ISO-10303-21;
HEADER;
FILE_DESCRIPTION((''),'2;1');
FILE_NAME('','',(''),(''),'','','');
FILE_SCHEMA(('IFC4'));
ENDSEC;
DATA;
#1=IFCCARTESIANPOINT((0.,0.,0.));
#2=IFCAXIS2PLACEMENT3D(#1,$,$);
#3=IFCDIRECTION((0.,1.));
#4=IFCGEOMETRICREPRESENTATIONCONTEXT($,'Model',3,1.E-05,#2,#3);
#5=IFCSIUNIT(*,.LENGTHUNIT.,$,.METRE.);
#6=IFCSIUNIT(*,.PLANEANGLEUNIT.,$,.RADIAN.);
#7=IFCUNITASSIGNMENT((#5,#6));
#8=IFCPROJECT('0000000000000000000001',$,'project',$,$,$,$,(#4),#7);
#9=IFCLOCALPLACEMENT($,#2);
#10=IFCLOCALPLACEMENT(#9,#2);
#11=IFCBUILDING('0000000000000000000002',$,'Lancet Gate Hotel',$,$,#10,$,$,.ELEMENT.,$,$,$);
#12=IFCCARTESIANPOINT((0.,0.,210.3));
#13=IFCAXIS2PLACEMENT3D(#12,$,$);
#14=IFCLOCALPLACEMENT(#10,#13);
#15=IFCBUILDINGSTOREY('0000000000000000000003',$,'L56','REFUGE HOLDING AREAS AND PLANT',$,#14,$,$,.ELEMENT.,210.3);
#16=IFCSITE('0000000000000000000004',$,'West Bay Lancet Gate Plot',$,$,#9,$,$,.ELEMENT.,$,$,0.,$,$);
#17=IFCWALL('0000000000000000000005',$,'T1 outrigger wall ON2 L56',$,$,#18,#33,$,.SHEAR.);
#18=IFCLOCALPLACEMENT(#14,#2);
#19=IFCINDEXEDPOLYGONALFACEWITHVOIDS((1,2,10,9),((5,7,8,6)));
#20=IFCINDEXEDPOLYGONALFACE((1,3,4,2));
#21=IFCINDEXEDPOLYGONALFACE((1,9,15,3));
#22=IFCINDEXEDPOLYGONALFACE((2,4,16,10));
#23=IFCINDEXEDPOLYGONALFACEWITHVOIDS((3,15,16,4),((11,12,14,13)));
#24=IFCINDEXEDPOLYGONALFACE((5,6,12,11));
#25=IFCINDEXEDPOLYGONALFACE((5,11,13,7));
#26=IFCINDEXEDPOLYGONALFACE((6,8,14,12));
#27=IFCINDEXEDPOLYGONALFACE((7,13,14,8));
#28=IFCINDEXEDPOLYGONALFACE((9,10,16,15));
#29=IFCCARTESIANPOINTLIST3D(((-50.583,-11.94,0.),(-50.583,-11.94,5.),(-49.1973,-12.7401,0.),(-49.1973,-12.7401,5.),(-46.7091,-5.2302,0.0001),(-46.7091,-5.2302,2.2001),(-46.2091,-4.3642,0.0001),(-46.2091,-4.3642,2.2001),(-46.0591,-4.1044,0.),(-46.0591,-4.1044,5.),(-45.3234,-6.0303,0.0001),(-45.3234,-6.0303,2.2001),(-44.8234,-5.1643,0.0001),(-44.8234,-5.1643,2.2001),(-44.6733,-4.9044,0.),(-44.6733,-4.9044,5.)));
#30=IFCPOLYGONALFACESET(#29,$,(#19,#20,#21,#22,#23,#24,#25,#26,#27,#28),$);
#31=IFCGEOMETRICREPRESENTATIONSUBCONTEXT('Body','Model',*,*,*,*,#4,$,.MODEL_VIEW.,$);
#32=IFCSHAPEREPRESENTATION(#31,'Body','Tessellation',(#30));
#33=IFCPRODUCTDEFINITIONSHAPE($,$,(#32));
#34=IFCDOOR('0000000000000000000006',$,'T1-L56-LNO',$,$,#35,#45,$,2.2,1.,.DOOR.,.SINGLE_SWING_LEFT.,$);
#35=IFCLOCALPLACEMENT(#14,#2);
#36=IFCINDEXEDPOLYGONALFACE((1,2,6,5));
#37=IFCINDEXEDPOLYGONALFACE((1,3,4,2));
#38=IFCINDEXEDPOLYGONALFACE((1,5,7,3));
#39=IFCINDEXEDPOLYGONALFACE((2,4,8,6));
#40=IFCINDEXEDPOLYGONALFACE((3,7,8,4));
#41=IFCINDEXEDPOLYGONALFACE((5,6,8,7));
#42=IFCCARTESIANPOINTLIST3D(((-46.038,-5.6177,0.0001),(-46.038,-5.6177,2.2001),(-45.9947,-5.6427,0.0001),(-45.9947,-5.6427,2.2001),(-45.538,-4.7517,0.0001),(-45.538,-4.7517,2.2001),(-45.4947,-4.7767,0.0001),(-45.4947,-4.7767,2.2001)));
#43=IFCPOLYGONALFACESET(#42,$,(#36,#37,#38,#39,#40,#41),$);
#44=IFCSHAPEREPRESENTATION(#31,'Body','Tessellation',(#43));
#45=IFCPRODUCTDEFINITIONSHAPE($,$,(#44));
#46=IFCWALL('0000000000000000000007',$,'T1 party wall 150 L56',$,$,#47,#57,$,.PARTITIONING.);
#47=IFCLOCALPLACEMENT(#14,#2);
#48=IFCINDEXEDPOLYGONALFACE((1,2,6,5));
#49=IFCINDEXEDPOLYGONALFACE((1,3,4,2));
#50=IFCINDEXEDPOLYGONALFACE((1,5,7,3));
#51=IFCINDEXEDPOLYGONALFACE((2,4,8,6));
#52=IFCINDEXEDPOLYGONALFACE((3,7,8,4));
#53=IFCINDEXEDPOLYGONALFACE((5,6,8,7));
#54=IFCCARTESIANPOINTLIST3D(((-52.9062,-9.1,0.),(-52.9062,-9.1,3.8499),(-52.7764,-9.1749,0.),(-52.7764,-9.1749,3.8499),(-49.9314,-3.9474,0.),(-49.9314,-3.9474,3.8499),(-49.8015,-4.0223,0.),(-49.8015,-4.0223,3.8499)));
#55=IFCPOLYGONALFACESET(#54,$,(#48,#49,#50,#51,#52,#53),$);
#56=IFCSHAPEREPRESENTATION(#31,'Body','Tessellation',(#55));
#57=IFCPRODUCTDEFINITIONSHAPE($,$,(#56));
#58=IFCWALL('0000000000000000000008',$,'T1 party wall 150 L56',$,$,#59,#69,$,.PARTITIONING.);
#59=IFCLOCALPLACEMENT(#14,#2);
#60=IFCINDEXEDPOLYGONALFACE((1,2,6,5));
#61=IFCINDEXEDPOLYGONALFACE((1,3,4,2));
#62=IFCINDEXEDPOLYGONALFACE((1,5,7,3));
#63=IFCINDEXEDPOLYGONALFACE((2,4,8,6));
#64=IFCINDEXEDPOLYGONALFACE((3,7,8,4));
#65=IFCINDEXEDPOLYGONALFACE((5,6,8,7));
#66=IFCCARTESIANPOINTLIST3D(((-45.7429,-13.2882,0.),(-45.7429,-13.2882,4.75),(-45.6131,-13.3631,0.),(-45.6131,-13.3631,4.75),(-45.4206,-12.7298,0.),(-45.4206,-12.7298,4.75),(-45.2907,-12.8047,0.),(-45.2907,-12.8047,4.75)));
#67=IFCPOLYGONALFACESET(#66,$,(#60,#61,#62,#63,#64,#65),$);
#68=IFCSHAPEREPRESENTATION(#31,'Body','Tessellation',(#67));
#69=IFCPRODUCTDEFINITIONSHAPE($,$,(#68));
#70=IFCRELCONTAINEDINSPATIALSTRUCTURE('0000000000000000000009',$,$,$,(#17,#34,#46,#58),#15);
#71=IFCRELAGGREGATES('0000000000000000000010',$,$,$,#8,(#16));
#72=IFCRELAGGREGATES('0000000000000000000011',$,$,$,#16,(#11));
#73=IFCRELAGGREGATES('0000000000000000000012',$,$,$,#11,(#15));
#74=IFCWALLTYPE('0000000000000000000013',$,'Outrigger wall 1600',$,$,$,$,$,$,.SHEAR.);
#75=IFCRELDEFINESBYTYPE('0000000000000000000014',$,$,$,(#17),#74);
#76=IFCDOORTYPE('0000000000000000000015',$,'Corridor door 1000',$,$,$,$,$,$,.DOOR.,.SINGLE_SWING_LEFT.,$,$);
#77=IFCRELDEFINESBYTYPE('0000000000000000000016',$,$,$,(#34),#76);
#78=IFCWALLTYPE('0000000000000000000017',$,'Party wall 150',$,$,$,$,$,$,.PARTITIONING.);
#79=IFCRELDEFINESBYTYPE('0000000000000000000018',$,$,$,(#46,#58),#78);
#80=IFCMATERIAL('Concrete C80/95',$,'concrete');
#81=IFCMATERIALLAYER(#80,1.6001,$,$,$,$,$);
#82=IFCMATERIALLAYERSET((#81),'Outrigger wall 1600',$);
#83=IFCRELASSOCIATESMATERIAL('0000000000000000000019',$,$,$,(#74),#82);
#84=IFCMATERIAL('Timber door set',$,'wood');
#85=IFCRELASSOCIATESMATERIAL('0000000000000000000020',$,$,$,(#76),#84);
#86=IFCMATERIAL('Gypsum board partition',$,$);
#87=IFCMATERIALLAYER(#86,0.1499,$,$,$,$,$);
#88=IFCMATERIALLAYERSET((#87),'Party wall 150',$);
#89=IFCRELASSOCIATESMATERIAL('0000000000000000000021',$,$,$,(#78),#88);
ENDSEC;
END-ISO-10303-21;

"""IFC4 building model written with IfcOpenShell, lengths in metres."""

from ifc_helpers import new_model, si_unit, direction, frame, frame_2d, origin, place, context, subcontext, project, spatial, rectangle, extrude, material, layer, layer_set, type_object, element, fill, save


model = new_model("IFC4")

# Units and contexts
model_context = context("Model", 3, precision=1e-05, world=origin(), true_north=direction((0.0, 1.0)))
body_context = subcontext(model_context, "Body", "Model", "MODEL_VIEW")
ifc_project = project(units=[si_unit("LENGTHUNIT", "METRE"), si_unit("PLANEANGLEUNIT", "RADIAN")], contexts=[model_context])

# Site, building, storey
site_placement = place(None, origin())
site = spatial("IfcSite", under=ifc_project, at=site_placement, Name="West Bay Lancet Gate Plot", CompositionType="ELEMENT", RefElevation=0.0)
building_placement = place(site_placement, origin())
building = spatial("IfcBuilding", under=site, at=building_placement, Name="Lancet Gate Hotel", CompositionType="ELEMENT")
storey_placement = place(building_placement, frame((0.0, 0.0, 210.3)))
storey = spatial("IfcBuildingStorey", under=building, at=storey_placement, Name="L56", Description="REFUGE HOLDING AREAS AND PLANT", CompositionType="ELEMENT", Elevation=210.3)

# Wall, opening, door
ifc_material_1 = material(Name="Concrete C80/95", Category="concrete")
ifc_layer_1 = layer(ifc_material_1, 1.6001)
ifc_layer_set_1 = layer_set([ifc_layer_1], Name="Outrigger wall 1600")
wall_type_1 = type_object("IfcWallType", Name="Outrigger wall 1600", PredefinedType="SHEAR", material=ifc_layer_set_1)
wall_1_placement = place(storey_placement, frame((-45.3662, -4.5044, 0.0), z_axis=(0.0, 0.0, 1.0), x_axis=(-0.499999, -0.866026, 0.0)))
wall_1 = element("IfcWall", 1, at=wall_1_placement, inside=storey, type_object=wall_type_1, Name="T1 outrigger wall ON2 L56", PredefinedType="SHEAR", context=body_context, shape_type="SweptSolid", body=[
    extrude(rectangle(XDim=9.0479, YDim=1.6001, at=frame_2d((4.5239, 0.0))), origin(), (0.0, 0.0, 1.0), 5.0),
])
opening_1_placement = place(wall_1_placement, frame((0.3, 0.0, 0.0)))
opening_1 = element("IfcOpeningElement", 2, at=opening_1_placement, cuts=wall_1, PredefinedType="OPENING", context=body_context, shape_type="SweptSolid", body=[
    extrude(rectangle(XDim=1.0, YDim=2.2, at=frame_2d((0.5, 1.1001))), frame((0.0, 0.8101, 0.0), z_axis=(0.0, -1.0, 0.0), x_axis=(1.0, 0.0, 0.0)), (0.0, 0.0, 1.0), 1.6201),
])
ifc_material_2 = material(Name="Timber door set", Category="wood")
door_type_1 = type_object("IfcDoorType", Name="Corridor door 1000", OperationType="SINGLE_SWING_LEFT", PredefinedType="DOOR", material=ifc_material_2)
door_1_placement = place(opening_1_placement, origin())
door_1 = element("IfcDoor", 3, at=door_1_placement, inside=storey, type_object=door_type_1, Name="T1-L56-LNO", OperationType="SINGLE_SWING_LEFT", OverallHeight=2.2, OverallWidth=1.0, PredefinedType="DOOR", context=body_context, shape_type="SweptSolid", body=[
    extrude(rectangle(XDim=1.0, YDim=2.2, at=frame_2d((0.5, 1.1001))), frame((0.0, 0.0249, 0.0), z_axis=(0.0, -1.0, 0.0), x_axis=(1.0, 0.0, 0.0)), (0.0, 0.0, 1.0), 0.05),
])
fill(opening_1, door_1)

# Walls
ifc_material_3 = material(Name="Gypsum board partition")
ifc_layer_2 = layer(ifc_material_3, 0.1499)
ifc_layer_set_2 = layer_set([ifc_layer_2], Name="Party wall 150")
wall_type_2 = type_object("IfcWallType", Name="Party wall 150", PredefinedType="PARTITIONING", material=ifc_layer_set_2)
wall_2_placement = place(storey_placement, frame((-49.8665, -3.9849, 0.0), z_axis=(0.0, 0.0, 1.0), x_axis=(-0.500001, -0.866025, 0.0)))
element("IfcWall", 4, at=wall_2_placement, inside=storey, type_object=wall_type_2, Name="T1 party wall 150 L56", PredefinedType="PARTITIONING", context=body_context, shape_type="SweptSolid", body=[
    extrude(rectangle(XDim=5.9497, YDim=0.1499, at=frame_2d((2.9749, 0.0))), origin(), (0.0, 0.0, 1.0), 3.8499),
])
wall_3_placement = place(storey_placement, frame((-45.3557, -12.7673, 0.0), z_axis=(0.0, 0.0, 1.0), x_axis=(-0.499886, -0.866091, 0.0)))
element("IfcWall", 5, at=wall_3_placement, inside=storey, type_object=wall_type_2, Name="T1 party wall 150 L56", PredefinedType="PARTITIONING", context=body_context, shape_type="SweptSolid", body=[
    extrude(rectangle(XDim=0.6448, YDim=0.1499, at=frame_2d((0.3223, 0.0))), origin(), (0.0, 0.0, 1.0), 4.75),
])

save(model, "model.ifc")
